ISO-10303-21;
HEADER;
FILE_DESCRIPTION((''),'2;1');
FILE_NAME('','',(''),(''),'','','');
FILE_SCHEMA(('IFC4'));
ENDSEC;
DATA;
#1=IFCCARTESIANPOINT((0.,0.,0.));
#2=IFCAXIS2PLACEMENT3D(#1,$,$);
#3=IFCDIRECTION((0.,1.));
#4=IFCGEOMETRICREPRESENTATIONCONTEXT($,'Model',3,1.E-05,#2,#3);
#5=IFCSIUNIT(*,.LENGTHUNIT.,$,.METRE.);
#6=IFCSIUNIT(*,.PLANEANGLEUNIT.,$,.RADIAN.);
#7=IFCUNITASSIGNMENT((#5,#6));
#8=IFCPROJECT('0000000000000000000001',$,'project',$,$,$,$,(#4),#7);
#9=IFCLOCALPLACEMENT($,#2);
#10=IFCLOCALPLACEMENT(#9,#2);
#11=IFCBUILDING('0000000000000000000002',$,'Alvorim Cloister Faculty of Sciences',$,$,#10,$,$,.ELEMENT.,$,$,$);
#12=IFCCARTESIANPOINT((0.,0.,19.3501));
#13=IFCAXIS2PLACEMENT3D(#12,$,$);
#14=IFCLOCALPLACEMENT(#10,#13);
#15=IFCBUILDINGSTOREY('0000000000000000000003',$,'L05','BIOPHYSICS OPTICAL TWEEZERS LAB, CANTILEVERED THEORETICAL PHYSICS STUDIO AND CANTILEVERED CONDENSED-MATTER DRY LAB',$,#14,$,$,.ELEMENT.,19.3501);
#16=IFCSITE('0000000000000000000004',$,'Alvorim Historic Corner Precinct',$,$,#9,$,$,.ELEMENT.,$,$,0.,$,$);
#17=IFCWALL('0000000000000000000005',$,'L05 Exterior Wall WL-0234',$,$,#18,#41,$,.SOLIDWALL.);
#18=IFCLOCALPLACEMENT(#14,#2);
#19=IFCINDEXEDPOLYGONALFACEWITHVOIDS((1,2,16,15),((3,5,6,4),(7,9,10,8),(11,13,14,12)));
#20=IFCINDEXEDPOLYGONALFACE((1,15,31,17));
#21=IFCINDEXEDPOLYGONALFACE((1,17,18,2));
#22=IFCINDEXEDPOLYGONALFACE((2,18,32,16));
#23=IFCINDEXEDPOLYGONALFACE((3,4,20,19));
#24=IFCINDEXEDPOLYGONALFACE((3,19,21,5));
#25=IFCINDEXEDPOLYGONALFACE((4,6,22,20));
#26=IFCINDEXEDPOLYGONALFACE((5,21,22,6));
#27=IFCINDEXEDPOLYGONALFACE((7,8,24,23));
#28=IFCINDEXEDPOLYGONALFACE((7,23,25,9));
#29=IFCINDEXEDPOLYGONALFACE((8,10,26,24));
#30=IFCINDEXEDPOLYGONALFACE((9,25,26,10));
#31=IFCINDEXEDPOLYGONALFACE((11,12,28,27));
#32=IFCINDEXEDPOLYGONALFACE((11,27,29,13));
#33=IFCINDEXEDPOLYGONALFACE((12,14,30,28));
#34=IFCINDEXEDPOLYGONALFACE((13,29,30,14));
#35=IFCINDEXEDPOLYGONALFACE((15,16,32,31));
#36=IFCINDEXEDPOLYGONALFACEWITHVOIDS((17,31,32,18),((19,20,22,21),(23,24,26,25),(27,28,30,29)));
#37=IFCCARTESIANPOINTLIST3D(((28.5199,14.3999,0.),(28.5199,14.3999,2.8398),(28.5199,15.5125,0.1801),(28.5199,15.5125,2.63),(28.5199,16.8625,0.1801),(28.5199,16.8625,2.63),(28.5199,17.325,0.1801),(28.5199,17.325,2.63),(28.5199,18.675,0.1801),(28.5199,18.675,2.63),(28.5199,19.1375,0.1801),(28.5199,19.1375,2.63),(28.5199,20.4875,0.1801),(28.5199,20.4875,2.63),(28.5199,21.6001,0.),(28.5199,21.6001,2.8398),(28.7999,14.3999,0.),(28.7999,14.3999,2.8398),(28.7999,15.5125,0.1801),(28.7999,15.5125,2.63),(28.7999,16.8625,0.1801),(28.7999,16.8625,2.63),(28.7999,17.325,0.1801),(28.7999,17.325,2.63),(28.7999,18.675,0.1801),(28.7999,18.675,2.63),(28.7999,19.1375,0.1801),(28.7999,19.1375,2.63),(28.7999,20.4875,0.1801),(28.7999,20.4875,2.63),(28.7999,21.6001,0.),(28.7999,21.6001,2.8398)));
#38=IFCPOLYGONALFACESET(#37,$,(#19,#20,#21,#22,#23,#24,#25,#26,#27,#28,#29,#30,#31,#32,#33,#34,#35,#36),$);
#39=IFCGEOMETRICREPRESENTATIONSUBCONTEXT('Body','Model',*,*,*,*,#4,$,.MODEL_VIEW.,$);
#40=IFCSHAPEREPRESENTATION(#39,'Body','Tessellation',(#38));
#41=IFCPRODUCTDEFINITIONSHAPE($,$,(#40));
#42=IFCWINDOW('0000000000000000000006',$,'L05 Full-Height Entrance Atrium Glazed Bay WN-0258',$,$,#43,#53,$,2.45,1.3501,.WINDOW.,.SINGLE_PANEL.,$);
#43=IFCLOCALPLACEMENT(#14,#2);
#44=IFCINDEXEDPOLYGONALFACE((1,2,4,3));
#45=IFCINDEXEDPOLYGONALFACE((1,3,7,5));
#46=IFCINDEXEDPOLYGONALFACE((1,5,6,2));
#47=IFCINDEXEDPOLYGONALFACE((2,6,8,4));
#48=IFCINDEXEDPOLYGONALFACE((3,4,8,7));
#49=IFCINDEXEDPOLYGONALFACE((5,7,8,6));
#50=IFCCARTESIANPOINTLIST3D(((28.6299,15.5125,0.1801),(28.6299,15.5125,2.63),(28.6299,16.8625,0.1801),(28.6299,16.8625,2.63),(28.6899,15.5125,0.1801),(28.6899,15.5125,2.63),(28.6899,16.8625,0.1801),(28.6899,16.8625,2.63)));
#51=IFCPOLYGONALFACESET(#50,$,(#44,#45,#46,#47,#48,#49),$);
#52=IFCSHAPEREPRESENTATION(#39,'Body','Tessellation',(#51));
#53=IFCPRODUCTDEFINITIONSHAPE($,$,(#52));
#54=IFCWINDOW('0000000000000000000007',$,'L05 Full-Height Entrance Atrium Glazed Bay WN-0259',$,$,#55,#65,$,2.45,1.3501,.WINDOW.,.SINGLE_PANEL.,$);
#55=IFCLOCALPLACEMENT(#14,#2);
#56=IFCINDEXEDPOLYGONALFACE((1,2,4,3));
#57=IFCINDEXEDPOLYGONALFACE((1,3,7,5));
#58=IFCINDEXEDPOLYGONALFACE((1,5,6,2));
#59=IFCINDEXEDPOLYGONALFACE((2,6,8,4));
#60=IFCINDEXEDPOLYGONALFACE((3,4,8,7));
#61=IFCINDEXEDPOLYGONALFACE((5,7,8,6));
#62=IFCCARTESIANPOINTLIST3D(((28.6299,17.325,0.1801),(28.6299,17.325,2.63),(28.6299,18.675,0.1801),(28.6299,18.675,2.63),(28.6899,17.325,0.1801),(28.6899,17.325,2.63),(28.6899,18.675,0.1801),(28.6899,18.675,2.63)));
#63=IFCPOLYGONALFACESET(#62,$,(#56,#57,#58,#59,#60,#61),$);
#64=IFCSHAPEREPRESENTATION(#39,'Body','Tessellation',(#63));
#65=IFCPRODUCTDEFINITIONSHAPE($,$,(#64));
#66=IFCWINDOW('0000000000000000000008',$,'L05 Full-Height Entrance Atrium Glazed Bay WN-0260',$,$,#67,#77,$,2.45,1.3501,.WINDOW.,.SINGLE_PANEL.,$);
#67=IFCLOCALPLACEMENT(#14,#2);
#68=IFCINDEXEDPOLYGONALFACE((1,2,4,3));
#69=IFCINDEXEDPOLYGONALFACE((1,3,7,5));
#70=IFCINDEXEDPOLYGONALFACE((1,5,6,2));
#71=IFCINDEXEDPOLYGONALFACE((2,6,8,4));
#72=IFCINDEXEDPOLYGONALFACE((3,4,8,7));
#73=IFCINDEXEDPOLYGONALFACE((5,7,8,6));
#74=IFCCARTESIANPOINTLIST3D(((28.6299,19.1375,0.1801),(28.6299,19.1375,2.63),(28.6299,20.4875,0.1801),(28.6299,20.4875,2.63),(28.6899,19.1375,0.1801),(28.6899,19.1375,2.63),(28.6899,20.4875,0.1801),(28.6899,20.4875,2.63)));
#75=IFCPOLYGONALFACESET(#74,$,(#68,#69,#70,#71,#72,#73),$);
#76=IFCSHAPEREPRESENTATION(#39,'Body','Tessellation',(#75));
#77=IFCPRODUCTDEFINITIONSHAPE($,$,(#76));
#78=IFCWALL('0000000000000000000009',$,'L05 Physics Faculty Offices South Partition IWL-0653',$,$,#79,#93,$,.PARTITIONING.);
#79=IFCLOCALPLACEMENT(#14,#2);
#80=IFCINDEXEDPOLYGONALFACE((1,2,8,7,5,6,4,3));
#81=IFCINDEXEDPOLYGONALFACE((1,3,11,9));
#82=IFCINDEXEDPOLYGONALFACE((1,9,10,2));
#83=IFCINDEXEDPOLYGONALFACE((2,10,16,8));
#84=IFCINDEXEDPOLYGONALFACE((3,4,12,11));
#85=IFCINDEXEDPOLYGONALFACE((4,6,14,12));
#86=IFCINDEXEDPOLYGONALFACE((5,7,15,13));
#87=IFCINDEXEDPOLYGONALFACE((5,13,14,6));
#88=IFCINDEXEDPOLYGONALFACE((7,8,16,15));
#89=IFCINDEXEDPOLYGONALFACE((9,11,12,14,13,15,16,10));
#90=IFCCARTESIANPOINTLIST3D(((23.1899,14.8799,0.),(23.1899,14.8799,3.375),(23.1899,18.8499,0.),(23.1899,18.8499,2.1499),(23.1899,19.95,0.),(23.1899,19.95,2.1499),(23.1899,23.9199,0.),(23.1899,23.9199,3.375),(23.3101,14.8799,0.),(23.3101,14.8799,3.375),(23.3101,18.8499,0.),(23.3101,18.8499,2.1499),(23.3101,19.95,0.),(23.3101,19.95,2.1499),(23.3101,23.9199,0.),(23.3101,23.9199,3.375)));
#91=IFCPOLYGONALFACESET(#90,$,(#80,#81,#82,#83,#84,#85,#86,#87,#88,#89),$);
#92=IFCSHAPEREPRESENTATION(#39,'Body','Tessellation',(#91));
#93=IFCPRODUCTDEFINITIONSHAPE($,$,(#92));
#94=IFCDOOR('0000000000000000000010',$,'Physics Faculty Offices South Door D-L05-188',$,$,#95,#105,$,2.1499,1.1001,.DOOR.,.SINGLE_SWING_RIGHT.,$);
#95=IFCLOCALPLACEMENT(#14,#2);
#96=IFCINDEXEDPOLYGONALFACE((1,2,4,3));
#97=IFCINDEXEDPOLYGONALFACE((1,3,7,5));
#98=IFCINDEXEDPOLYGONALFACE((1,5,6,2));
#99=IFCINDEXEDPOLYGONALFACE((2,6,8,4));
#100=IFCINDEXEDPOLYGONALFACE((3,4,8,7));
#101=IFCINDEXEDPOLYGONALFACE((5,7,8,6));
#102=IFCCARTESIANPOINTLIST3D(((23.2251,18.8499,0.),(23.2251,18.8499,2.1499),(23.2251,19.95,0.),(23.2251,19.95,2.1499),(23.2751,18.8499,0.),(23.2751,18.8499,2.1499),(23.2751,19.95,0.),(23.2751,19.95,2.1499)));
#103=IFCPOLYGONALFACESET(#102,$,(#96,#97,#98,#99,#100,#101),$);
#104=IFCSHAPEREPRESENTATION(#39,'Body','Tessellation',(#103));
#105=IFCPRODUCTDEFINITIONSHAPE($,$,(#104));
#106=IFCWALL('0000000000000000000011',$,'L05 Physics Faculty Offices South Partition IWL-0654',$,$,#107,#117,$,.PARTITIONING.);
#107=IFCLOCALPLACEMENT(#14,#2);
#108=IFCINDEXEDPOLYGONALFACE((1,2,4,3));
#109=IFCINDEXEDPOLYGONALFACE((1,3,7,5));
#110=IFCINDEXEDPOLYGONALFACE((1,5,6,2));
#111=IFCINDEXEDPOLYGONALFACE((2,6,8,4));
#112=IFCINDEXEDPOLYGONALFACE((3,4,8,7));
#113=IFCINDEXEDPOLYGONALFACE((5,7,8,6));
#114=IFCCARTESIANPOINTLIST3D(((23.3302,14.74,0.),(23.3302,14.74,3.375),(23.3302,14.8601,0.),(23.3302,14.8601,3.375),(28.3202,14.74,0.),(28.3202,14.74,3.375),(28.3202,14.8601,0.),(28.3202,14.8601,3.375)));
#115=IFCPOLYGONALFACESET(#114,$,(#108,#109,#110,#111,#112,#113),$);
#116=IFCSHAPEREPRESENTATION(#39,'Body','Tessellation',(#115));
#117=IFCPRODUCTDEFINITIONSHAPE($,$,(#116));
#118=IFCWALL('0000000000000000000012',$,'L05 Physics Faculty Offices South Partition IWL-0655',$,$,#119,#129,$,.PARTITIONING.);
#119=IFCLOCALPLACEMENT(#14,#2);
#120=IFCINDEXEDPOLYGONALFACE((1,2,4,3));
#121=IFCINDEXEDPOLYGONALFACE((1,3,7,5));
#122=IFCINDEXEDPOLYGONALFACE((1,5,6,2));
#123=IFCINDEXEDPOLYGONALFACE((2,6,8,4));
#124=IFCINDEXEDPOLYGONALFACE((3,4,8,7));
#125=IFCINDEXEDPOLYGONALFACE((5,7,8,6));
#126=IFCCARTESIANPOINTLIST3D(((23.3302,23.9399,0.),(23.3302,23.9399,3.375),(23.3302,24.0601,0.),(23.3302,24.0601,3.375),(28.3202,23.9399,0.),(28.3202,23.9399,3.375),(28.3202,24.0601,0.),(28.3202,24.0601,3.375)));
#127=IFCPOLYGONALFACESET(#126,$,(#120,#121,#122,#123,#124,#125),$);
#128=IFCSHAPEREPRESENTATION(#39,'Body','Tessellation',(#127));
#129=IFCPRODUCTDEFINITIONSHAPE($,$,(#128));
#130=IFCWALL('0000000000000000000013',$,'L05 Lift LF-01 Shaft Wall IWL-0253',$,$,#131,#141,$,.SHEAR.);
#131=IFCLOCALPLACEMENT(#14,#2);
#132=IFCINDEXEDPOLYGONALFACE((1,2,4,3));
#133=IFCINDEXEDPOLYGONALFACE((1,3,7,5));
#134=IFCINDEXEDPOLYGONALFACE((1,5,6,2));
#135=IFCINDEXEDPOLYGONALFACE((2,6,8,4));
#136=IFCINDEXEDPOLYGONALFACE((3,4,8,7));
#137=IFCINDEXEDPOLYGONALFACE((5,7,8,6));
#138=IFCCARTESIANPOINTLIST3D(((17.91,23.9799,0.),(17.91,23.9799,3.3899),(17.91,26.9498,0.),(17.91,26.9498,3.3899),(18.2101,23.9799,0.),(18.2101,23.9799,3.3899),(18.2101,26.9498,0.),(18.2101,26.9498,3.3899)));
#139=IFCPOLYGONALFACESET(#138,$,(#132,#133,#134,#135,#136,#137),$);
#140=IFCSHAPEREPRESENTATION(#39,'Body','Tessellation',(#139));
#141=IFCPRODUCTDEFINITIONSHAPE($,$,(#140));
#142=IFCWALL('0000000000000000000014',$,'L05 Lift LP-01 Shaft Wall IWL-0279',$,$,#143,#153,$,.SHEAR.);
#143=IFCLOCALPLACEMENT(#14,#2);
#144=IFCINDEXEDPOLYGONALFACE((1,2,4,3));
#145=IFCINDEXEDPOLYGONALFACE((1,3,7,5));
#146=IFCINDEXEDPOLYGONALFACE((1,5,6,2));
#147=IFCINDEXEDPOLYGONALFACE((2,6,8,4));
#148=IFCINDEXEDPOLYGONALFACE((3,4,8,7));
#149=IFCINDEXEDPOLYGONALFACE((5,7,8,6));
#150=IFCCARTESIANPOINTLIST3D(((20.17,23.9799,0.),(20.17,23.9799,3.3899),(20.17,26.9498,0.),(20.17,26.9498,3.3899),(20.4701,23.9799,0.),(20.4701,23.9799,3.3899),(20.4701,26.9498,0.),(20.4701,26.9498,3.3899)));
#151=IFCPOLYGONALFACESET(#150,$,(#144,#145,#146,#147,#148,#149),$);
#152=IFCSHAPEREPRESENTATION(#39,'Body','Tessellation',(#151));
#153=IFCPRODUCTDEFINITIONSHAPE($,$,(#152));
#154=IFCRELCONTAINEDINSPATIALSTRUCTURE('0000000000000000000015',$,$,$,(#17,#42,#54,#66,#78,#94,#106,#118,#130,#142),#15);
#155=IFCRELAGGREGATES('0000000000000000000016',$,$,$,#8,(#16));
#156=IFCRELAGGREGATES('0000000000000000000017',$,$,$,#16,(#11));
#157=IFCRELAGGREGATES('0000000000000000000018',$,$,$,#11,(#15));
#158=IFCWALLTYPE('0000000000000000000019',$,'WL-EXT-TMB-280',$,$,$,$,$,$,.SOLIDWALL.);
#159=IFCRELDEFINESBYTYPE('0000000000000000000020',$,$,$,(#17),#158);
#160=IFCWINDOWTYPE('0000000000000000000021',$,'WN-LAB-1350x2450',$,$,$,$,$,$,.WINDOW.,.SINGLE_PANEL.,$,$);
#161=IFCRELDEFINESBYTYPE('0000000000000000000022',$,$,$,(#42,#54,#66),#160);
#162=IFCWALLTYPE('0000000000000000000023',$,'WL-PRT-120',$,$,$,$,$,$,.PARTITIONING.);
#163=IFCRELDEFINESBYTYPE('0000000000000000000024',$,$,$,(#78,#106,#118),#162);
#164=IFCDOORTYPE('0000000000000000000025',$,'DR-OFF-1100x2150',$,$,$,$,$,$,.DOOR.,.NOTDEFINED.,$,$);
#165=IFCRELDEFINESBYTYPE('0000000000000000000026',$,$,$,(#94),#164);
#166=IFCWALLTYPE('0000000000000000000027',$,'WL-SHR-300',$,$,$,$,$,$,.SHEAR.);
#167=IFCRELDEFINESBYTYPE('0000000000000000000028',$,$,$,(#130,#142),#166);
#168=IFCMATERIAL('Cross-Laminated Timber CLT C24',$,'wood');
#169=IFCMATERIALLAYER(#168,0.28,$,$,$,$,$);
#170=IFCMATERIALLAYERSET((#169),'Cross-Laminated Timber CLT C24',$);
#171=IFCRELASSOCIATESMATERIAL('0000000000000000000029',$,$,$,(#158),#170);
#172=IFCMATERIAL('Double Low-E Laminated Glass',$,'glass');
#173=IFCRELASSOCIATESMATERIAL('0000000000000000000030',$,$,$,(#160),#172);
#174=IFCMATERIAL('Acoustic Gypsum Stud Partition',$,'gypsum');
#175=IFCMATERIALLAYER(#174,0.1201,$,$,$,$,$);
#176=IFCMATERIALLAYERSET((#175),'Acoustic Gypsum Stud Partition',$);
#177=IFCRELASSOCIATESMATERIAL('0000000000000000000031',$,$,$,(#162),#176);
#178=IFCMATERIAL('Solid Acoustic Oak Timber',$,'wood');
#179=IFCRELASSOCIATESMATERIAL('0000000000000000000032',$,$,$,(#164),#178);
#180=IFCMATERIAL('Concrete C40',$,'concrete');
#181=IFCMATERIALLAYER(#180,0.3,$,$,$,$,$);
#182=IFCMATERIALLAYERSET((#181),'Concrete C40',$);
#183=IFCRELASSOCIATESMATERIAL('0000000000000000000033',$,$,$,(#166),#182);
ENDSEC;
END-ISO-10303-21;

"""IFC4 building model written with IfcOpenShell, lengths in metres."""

from ifc_helpers import new_model, si_unit, direction, frame, frame_2d, origin, place, context, subcontext, project, spatial, rectangle, extrude, material, layer, layer_set, type_object, element, fill, save


model = new_model("IFC4")

# Units and contexts
model_context = context("Model", 3, precision=1e-05, world=origin(), true_north=direction((0.0, 1.0)))
body_context = subcontext(model_context, "Body", "Model", "MODEL_VIEW")
ifc_project = project(units=[si_unit("LENGTHUNIT", "METRE"), si_unit("PLANEANGLEUNIT", "RADIAN")], contexts=[model_context])

# Site, building, storey
site_placement = place(None, origin())
site = spatial("IfcSite", under=ifc_project, at=site_placement, Name="Alvorim Historic Corner Precinct", CompositionType="ELEMENT", RefElevation=0.0)
building_placement = place(site_placement, origin())
building = spatial("IfcBuilding", under=site, at=building_placement, Name="Alvorim Cloister Faculty of Sciences", CompositionType="ELEMENT")
storey_placement = place(building_placement, frame((0.0, 0.0, 19.3501)))
storey = spatial("IfcBuildingStorey", under=building, at=storey_placement, Name="L05", Description="BIOPHYSICS OPTICAL TWEEZERS LAB, CANTILEVERED THEORETICAL PHYSICS STUDIO AND CANTILEVERED CONDENSED-MATTER DRY LAB", CompositionType="ELEMENT", Elevation=19.3501)

# Wall, openings, windows
ifc_material_1 = material(Name="Cross-Laminated Timber CLT C24", Category="wood")
ifc_layer_1 = layer(ifc_material_1, 0.28)
ifc_layer_set_1 = layer_set([ifc_layer_1], Name="Cross-Laminated Timber CLT C24")
wall_type_1 = type_object("IfcWallType", Name="WL-EXT-TMB-280", PredefinedType="SOLIDWALL", material=ifc_layer_set_1)
wall_1_placement = place(storey_placement, frame((28.6599, 14.3999, 0.0), z_axis=(0.0, 0.0, 1.0), x_axis=(0.0, 1.0, 0.0)))
wall_1 = element("IfcWall", 1, at=wall_1_placement, inside=storey, type_object=wall_type_1, Name="L05 Exterior Wall WL-0234", PredefinedType="SOLIDWALL", context=body_context, shape_type="SweptSolid", body=[
    extrude(rectangle(XDim=7.2002, YDim=0.28, at=frame_2d((3.6001, 0.0))), origin(), (0.0, 0.0, 1.0), 2.8398),
])
opening_1_placement = place(wall_1_placement, frame((1.1125, 0.0, 0.1799)))
opening_1 = element("IfcOpeningElement", 2, at=opening_1_placement, cuts=wall_1, PredefinedType="OPENING", context=body_context, shape_type="SweptSolid", body=[
    extrude(rectangle(XDim=1.3501, YDim=2.45, at=frame_2d((0.675, 1.2251))), frame((0.0, 0.1519, 0.0), z_axis=(0.0, -1.0, 0.0), x_axis=(1.0, 0.0, 0.0)), (0.0, 0.0, 1.0), 0.304),
])
opening_2_placement = place(wall_1_placement, frame((2.925, 0.0, 0.1799)))
opening_2 = element("IfcOpeningElement", 3, at=opening_2_placement, cuts=wall_1, PredefinedType="OPENING", context=body_context, shape_type="SweptSolid", body=[
    extrude(rectangle(XDim=1.3501, YDim=2.45, at=frame_2d((0.675, 1.2251))), frame((0.0, 0.1519, 0.0), z_axis=(0.0, -1.0, 0.0), x_axis=(1.0, 0.0, 0.0)), (0.0, 0.0, 1.0), 0.304),
])
opening_3_placement = place(wall_1_placement, frame((4.7375, 0.0, 0.1799)))
opening_3 = element("IfcOpeningElement", 4, at=opening_3_placement, cuts=wall_1, PredefinedType="OPENING", context=body_context, shape_type="SweptSolid", body=[
    extrude(rectangle(XDim=1.3501, YDim=2.45, at=frame_2d((0.675, 1.2251))), frame((0.0, 0.1519, 0.0), z_axis=(0.0, -1.0, 0.0), x_axis=(1.0, 0.0, 0.0)), (0.0, 0.0, 1.0), 0.304),
])
ifc_material_2 = material(Name="Double Low-E Laminated Glass", Category="glass")
window_type = type_object("IfcWindowType", Name="WN-LAB-1350x2450", PartitioningType="SINGLE_PANEL", PredefinedType="WINDOW", material=ifc_material_2)
window_1_placement = place(opening_1_placement, origin())
window_1 = element("IfcWindow", 5, at=window_1_placement, inside=storey, type_object=window_type, Name="L05 Full-Height Entrance Atrium Glazed Bay WN-0258", OverallHeight=2.45, OverallWidth=1.3501, PartitioningType="SINGLE_PANEL", PredefinedType="WINDOW", context=body_context, shape_type="SweptSolid", body=[
    extrude(rectangle(XDim=1.3501, YDim=2.45, at=frame_2d((0.675, 1.2251))), frame((0.0, 0.03, 0.0), z_axis=(0.0, -1.0, 0.0), x_axis=(1.0, 0.0, 0.0)), (0.0, 0.0, 1.0), 0.0601),
])
fill(opening_1, window_1)
window_2_placement = place(opening_2_placement, origin())
window_2 = element("IfcWindow", 6, at=window_2_placement, inside=storey, type_object=window_type, Name="L05 Full-Height Entrance Atrium Glazed Bay WN-0259", OverallHeight=2.45, OverallWidth=1.3501, PartitioningType="SINGLE_PANEL", PredefinedType="WINDOW", context=body_context, shape_type="SweptSolid", body=[
    extrude(rectangle(XDim=1.3501, YDim=2.45, at=frame_2d((0.675, 1.2251))), frame((0.0, 0.03, 0.0), z_axis=(0.0, -1.0, 0.0), x_axis=(1.0, 0.0, 0.0)), (0.0, 0.0, 1.0), 0.0601),
])
fill(opening_2, window_2)
window_3_placement = place(opening_3_placement, origin())
window_3 = element("IfcWindow", 7, at=window_3_placement, inside=storey, type_object=window_type, Name="L05 Full-Height Entrance Atrium Glazed Bay WN-0260", OverallHeight=2.45, OverallWidth=1.3501, PartitioningType="SINGLE_PANEL", PredefinedType="WINDOW", context=body_context, shape_type="SweptSolid", body=[
    extrude(rectangle(XDim=1.3501, YDim=2.45, at=frame_2d((0.675, 1.2251))), frame((0.0, 0.03, 0.0), z_axis=(0.0, -1.0, 0.0), x_axis=(1.0, 0.0, 0.0)), (0.0, 0.0, 1.0), 0.0601),
])
fill(opening_3, window_3)

# Wall, opening, door
ifc_material_3 = material(Name="Acoustic Gypsum Stud Partition", Category="gypsum")
ifc_layer_2 = layer(ifc_material_3, 0.1201)
ifc_layer_set_2 = layer_set([ifc_layer_2], Name="Acoustic Gypsum Stud Partition")
wall_type_2 = type_object("IfcWallType", Name="WL-PRT-120", PredefinedType="PARTITIONING", material=ifc_layer_set_2)
wall_2_placement = place(storey_placement, frame((23.25, 14.8799, 0.0), z_axis=(0.0, 0.0, 1.0), x_axis=(0.0, 1.0, 0.0)))
wall_2 = element("IfcWall", 8, at=wall_2_placement, inside=storey, type_object=wall_type_2, Name="L05 Physics Faculty Offices South Partition IWL-0653", PredefinedType="PARTITIONING", context=body_context, shape_type="SweptSolid", body=[
    extrude(rectangle(XDim=9.04, YDim=0.1201, at=frame_2d((4.52, 0.0))), origin(), (0.0, 0.0, 1.0), 3.375),
])
opening_4_placement = place(wall_2_placement, frame((3.97, 0.0, 0.0)))
opening_4 = element("IfcOpeningElement", 9, at=opening_4_placement, cuts=wall_2, PredefinedType="OPENING", context=body_context, shape_type="SweptSolid", body=[
    extrude(rectangle(XDim=1.1001, YDim=2.1499, at=frame_2d((0.55, 1.075))), frame((0.0, 0.072, 0.0), z_axis=(0.0, -1.0, 0.0), x_axis=(1.0, 0.0, 0.0)), (0.0, 0.0, 1.0), 0.144),
])
ifc_material_4 = material(Name="Solid Acoustic Oak Timber", Category="wood")
door_type = type_object("IfcDoorType", Name="DR-OFF-1100x2150", OperationType="NOTDEFINED", PredefinedType="DOOR", material=ifc_material_4)
door_placement = place(opening_4_placement, origin())
door = element("IfcDoor", 10, at=door_placement, inside=storey, type_object=door_type, Name="Physics Faculty Offices South Door D-L05-188", OperationType="SINGLE_SWING_RIGHT", OverallHeight=2.1499, OverallWidth=1.1001, PredefinedType="DOOR", context=body_context, shape_type="SweptSolid", body=[
    extrude(rectangle(XDim=1.1001, YDim=2.1499, at=frame_2d((0.55, 1.075))), frame((0.0, 0.0249, 0.0), z_axis=(0.0, -1.0, 0.0), x_axis=(1.0, 0.0, 0.0)), (0.0, 0.0, 1.0), 0.05),
])
fill(opening_4, door)

# Walls
for number, where, z_axis, x_axis, name in (
    (11, (23.3301, 14.8, 0.0), (0.0, 0.0, 1.0), (1.0, 0.0, 0.0), "L05 Physics Faculty Offices South Partition IWL-0654"),
    (12, (23.3301, 24.0, 0.0), (0.0, 0.0, 1.0), (1.0, 0.0, 0.0), "L05 Physics Faculty Offices South Partition IWL-0655"),
):
    element("IfcWall", number, at=place(storey_placement, frame(where, z_axis=z_axis, x_axis=x_axis)), inside=storey, type_object=wall_type_2, Name=name, PredefinedType="PARTITIONING", context=body_context, shape_type="SweptSolid", body=[
        extrude(rectangle(XDim=4.99, YDim=0.1201, at=frame_2d((2.4951, 0.0))), origin(), (0.0, 0.0, 1.0), 3.375),
    ])
ifc_material_5 = material(Name="Concrete C40", Category="concrete")
ifc_layer_3 = layer(ifc_material_5, 0.3)
ifc_layer_set_3 = layer_set([ifc_layer_3], Name="Concrete C40")
wall_type_3 = type_object("IfcWallType", Name="WL-SHR-300", PredefinedType="SHEAR", material=ifc_layer_set_3)
for number, where, z_axis, x_axis, name in (
    (13, (18.0601, 23.98, 0.0), (0.0, 0.0, 1.0), (0.0, 1.0, 0.0), "L05 Lift LF-01 Shaft Wall IWL-0253"),
    (14, (20.3201, 23.98, 0.0), (0.0, 0.0, 1.0), (0.0, 1.0, 0.0), "L05 Lift LP-01 Shaft Wall IWL-0279"),
):
    element("IfcWall", number, at=place(storey_placement, frame(where, z_axis=z_axis, x_axis=x_axis)), inside=storey, type_object=wall_type_3, Name=name, PredefinedType="SHEAR", context=body_context, shape_type="SweptSolid", body=[
        extrude(rectangle(XDim=2.97, YDim=0.3, at=frame_2d((1.4849, 0.0))), origin(), (0.0, 0.0, 1.0), 3.3899),
    ])

save(model, "model.ifc")
